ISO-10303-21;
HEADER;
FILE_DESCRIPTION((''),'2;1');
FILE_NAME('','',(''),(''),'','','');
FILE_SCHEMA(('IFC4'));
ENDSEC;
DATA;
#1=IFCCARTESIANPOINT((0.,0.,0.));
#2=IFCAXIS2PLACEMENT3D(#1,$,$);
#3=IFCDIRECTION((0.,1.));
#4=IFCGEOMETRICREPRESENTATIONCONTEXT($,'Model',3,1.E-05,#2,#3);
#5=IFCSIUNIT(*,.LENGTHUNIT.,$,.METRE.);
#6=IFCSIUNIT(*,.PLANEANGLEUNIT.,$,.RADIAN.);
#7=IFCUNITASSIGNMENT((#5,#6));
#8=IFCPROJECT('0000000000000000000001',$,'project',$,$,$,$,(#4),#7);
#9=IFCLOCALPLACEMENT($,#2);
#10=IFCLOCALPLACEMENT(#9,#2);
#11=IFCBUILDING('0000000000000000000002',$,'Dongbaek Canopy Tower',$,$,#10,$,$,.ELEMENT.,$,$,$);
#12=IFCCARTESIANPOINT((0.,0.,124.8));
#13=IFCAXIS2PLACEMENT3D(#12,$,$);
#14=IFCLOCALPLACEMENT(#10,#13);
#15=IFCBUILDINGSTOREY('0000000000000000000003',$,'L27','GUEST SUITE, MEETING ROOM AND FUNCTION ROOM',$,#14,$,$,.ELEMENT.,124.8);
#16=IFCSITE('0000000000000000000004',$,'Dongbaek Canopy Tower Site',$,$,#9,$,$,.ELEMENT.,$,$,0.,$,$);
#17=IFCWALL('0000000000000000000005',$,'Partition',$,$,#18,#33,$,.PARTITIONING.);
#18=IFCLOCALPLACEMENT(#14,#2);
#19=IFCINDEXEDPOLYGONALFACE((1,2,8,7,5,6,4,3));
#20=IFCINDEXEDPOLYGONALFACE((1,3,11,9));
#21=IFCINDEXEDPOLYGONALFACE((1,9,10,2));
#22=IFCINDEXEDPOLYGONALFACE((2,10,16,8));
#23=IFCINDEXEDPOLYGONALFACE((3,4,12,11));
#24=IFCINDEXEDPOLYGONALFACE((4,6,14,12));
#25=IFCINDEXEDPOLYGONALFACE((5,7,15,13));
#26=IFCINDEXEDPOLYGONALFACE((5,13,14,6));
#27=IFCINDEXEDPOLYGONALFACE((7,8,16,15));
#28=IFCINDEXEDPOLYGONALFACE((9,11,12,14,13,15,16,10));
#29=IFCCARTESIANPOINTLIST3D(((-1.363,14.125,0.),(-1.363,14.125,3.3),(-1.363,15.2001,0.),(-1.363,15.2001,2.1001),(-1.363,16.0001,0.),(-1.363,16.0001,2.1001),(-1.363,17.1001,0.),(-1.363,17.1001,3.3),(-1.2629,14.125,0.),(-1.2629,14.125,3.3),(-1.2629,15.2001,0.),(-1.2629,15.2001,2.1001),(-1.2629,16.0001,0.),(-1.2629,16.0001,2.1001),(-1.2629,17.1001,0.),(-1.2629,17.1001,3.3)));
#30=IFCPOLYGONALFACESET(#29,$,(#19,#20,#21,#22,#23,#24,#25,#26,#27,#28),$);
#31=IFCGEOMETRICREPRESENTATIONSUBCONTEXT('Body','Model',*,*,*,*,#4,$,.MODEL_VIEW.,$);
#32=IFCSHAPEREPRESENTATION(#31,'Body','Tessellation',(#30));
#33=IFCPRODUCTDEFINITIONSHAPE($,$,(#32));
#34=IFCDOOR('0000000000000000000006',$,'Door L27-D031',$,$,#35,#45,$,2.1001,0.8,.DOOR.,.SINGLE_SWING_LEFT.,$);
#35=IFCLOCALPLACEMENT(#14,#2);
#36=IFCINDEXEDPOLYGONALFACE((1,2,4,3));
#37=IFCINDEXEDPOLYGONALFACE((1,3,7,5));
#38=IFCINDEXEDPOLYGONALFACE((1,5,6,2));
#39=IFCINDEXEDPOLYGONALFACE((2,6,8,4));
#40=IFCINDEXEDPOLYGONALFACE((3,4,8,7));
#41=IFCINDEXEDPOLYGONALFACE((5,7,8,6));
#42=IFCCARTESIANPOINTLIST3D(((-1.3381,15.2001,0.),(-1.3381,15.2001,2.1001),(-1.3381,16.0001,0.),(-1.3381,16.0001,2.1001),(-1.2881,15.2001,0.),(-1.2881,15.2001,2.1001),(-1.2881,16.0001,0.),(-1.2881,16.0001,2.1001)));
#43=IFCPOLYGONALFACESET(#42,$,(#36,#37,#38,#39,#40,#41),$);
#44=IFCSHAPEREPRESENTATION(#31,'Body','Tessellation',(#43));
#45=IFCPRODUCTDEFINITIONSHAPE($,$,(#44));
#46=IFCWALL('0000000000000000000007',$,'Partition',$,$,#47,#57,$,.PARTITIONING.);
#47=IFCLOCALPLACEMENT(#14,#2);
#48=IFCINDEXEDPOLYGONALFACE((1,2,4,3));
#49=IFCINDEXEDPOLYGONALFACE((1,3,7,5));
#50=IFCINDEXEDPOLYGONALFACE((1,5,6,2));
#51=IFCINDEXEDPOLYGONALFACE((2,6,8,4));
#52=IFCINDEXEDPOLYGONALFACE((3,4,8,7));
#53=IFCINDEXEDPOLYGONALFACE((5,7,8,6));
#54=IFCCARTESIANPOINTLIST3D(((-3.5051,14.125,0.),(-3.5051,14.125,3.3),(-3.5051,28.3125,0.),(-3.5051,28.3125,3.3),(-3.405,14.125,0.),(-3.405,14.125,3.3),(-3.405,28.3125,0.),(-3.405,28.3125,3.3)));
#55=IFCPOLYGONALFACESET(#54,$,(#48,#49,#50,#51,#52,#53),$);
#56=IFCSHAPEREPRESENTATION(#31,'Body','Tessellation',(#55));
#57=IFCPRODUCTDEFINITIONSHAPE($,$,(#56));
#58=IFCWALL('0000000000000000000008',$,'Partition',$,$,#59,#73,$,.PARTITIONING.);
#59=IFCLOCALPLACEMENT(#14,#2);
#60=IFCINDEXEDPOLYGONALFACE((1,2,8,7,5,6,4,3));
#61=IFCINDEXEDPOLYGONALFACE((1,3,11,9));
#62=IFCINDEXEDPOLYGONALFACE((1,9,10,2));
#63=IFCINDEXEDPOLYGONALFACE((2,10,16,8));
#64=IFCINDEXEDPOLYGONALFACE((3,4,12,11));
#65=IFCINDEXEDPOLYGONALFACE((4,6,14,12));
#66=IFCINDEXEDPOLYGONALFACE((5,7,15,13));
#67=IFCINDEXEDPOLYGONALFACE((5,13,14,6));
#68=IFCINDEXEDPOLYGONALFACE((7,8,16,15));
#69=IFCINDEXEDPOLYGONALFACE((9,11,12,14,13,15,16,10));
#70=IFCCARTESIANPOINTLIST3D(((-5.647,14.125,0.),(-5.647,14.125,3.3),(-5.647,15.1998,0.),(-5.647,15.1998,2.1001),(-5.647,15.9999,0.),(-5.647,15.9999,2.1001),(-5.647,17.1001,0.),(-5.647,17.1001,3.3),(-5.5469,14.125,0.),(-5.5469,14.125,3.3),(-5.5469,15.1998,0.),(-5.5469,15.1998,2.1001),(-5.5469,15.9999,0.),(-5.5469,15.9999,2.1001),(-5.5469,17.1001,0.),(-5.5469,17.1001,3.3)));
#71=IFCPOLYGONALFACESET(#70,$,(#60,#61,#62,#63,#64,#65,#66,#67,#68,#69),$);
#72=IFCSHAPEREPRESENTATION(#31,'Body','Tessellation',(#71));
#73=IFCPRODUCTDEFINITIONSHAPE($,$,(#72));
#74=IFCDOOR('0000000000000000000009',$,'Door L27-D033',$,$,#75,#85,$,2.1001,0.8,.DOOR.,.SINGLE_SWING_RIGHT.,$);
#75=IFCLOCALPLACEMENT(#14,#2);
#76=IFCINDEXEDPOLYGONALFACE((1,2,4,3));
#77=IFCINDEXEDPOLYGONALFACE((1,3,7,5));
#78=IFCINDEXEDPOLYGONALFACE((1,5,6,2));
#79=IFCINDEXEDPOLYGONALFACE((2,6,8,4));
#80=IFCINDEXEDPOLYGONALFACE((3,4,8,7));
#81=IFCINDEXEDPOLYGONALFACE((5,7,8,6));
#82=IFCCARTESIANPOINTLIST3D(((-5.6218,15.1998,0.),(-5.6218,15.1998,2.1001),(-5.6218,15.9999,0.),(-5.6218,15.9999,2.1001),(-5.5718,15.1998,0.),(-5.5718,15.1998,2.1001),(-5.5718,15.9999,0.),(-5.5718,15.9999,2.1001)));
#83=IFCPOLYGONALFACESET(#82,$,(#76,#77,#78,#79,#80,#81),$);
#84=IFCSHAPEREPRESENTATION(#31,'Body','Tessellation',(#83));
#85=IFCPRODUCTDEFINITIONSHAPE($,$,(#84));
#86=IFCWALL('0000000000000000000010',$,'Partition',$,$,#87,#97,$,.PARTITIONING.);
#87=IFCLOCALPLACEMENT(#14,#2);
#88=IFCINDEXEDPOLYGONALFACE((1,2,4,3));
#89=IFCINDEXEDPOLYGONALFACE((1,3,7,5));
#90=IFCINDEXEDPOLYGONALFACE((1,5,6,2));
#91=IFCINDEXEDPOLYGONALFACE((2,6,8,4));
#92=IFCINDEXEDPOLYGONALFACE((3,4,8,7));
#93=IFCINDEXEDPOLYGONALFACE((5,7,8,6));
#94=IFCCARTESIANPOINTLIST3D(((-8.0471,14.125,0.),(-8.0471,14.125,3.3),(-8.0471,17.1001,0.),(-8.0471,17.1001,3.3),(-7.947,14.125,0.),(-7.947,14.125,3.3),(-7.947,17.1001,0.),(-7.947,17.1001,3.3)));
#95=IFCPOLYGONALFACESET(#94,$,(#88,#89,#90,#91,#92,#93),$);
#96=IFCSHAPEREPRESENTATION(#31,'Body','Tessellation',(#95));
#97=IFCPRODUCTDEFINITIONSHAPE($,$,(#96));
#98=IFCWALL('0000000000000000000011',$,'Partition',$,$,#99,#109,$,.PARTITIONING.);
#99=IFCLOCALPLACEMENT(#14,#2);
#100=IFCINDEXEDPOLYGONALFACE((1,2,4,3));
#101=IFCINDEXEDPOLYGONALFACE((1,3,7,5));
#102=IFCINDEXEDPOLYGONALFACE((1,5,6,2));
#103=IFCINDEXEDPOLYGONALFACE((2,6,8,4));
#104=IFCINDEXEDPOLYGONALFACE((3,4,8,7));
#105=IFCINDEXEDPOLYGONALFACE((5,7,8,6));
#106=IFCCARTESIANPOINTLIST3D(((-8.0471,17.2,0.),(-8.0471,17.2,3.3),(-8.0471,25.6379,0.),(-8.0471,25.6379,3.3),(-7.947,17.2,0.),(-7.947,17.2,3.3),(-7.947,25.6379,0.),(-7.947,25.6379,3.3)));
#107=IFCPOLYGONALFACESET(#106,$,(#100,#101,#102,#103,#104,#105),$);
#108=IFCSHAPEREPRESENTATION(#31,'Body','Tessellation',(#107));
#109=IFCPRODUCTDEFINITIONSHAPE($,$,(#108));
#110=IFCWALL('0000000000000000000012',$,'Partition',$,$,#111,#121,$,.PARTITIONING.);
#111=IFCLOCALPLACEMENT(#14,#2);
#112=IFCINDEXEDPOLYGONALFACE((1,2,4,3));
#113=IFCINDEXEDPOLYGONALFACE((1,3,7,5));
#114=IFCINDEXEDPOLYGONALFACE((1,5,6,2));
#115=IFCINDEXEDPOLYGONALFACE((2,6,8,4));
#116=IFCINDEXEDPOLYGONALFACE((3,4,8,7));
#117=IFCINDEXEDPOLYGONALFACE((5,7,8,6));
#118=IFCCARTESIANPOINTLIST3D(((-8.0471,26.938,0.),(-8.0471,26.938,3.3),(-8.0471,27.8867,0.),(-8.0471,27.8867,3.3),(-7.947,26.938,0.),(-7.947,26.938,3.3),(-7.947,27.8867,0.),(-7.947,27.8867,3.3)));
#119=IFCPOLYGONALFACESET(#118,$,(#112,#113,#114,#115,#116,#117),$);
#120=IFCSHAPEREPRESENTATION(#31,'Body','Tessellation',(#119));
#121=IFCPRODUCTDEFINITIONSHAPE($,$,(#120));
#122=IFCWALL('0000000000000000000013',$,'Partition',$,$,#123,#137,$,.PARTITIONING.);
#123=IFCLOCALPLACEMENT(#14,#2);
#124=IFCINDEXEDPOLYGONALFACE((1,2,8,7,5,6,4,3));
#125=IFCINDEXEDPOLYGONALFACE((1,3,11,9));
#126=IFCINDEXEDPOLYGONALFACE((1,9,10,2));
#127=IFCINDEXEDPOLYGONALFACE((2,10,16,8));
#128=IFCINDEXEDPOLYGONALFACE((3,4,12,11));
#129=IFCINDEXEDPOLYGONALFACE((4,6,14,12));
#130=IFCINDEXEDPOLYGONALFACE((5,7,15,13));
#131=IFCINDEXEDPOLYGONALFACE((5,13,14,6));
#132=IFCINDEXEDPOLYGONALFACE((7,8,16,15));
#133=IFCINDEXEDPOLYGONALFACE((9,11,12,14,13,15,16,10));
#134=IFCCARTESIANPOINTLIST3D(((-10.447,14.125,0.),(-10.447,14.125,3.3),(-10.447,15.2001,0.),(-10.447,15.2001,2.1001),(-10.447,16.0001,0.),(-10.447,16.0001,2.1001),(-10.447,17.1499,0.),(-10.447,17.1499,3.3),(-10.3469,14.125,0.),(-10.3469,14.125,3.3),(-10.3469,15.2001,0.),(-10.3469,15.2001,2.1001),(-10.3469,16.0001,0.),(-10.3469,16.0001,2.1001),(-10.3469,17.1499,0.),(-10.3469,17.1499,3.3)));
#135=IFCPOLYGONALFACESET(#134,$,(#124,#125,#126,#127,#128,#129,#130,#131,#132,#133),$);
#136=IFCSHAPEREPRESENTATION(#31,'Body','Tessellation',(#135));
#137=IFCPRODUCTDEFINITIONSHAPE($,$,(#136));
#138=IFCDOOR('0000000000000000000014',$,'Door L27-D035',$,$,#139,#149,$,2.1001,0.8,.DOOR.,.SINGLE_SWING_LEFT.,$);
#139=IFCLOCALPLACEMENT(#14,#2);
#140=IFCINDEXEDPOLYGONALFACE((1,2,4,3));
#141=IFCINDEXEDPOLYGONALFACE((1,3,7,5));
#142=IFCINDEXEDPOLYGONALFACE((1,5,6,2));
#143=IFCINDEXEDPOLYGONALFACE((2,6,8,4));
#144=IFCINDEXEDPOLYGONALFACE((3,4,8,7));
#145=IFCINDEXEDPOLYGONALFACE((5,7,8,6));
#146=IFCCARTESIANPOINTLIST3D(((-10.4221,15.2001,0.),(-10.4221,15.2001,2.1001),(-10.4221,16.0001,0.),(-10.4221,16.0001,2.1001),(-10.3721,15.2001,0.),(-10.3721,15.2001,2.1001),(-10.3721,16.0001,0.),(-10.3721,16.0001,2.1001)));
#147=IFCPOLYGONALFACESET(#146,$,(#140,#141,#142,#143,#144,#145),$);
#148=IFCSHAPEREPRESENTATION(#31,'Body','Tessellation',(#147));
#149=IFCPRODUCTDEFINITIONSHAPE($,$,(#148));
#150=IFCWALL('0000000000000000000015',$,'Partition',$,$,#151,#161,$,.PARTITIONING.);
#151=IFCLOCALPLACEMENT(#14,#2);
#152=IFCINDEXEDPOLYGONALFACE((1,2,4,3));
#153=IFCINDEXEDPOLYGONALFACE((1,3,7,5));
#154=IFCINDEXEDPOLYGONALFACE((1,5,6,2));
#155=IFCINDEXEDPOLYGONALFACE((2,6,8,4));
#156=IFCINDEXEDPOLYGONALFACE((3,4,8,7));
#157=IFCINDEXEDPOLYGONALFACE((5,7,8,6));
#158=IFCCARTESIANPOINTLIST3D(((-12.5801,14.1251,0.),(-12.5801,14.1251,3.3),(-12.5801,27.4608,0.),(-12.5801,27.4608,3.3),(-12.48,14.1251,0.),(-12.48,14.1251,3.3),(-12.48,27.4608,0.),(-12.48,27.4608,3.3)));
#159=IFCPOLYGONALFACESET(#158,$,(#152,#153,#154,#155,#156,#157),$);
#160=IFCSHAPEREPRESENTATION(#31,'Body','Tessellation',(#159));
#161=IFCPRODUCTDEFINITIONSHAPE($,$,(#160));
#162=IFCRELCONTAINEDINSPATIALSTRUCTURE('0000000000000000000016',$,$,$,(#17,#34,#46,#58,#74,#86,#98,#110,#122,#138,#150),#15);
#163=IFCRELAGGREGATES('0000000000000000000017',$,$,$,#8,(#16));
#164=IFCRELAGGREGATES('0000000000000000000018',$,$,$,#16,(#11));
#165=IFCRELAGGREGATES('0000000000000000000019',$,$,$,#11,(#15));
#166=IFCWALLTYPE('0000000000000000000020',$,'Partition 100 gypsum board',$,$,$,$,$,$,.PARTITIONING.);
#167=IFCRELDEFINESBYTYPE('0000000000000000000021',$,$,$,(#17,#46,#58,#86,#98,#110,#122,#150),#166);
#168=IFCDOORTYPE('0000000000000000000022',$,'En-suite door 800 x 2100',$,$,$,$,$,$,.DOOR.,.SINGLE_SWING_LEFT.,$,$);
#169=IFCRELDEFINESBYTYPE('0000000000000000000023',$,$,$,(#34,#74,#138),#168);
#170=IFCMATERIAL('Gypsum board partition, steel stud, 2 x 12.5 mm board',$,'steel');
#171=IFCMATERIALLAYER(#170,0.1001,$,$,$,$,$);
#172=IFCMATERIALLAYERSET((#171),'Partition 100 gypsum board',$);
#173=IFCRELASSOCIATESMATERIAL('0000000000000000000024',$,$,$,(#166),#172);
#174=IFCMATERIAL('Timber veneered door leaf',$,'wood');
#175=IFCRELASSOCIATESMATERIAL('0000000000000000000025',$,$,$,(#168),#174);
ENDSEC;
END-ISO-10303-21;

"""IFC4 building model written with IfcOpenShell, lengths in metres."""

from ifc_helpers import new_model, si_unit, direction, frame, frame_2d, origin, place, context, subcontext, project, spatial, rectangle, extrude, material, layer, layer_set, type_object, element, fill, save


model = new_model("IFC4")

# Units and contexts
model_context = context("Model", 3, precision=1e-05, world=origin(), true_north=direction((0.0, 1.0)))
body_context = subcontext(model_context, "Body", "Model", "MODEL_VIEW")
ifc_project = project(units=[si_unit("LENGTHUNIT", "METRE"), si_unit("PLANEANGLEUNIT", "RADIAN")], contexts=[model_context])

# Site, building, storey
site_placement = place(None, origin())
site = spatial("IfcSite", under=ifc_project, at=site_placement, Name="Dongbaek Canopy Tower Site", CompositionType="ELEMENT", RefElevation=0.0)
building_placement = place(site_placement, origin())
building = spatial("IfcBuilding", under=site, at=building_placement, Name="Dongbaek Canopy Tower", CompositionType="ELEMENT")
storey_placement = place(building_placement, frame((0.0, 0.0, 124.8)))
storey = spatial("IfcBuildingStorey", under=building, at=storey_placement, Name="L27", Description="GUEST SUITE, MEETING ROOM AND FUNCTION ROOM", CompositionType="ELEMENT", Elevation=124.8)

# Shared definitions
ifc_material_1 = material(Name="Gypsum board partition, steel stud, 2 x 12.5 mm board", Category="steel")
ifc_layer_1 = layer(ifc_material_1, 0.1001)
ifc_layer_set_1 = layer_set([ifc_layer_1], Name="Partition 100 gypsum board")
wall_type = type_object("IfcWallType", Name="Partition 100 gypsum board", PredefinedType="PARTITIONING", material=ifc_layer_set_1)

# Wall, opening, door
wall_1_placement = place(storey_placement, frame((-1.313, 17.1001, 0.0), z_axis=(0.0, 0.0, 1.0), x_axis=(0.0, -1.0, 0.0)))
wall_1 = element("IfcWall", 1, at=wall_1_placement, inside=storey, type_object=wall_type, Name="Partition", PredefinedType="PARTITIONING", context=body_context, shape_type="SweptSolid", body=[
    extrude(rectangle(XDim=2.9751, YDim=0.1001, at=frame_2d((1.4875, 0.0))), origin(), (0.0, 0.0, 1.0), 3.3),
])
opening_1_placement = place(wall_1_placement, frame((1.1001, 0.0, 0.0)))
opening_1 = element("IfcOpeningElement", 2, at=opening_1_placement, cuts=wall_1, PredefinedType="OPENING", context=body_context, shape_type="SweptSolid", body=[
    extrude(rectangle(XDim=0.8, YDim=2.1001, at=frame_2d((0.3999, 1.05))), frame((0.0, 0.0601, 0.0), z_axis=(0.0, -1.0, 0.0), x_axis=(1.0, 0.0, 0.0)), (0.0, 0.0, 1.0), 0.1201),
])
ifc_material_2 = material(Name="Timber veneered door leaf", Category="wood")
door_type = type_object("IfcDoorType", Name="En-suite door 800 x 2100", OperationType="SINGLE_SWING_LEFT", PredefinedType="DOOR", material=ifc_material_2)
door_1_placement = place(opening_1_placement, origin())
door_1 = element("IfcDoor", 3, at=door_1_placement, inside=storey, type_object=door_type, Name="Door L27-D031", OperationType="SINGLE_SWING_LEFT", OverallHeight=2.1001, OverallWidth=0.8, PredefinedType="DOOR", context=body_context, shape_type="SweptSolid", body=[
    extrude(rectangle(XDim=0.8, YDim=2.1001, at=frame_2d((0.3999, 1.05))), frame((0.0, 0.0249, 0.0), z_axis=(0.0, -1.0, 0.0), x_axis=(1.0, 0.0, 0.0)), (0.0, 0.0, 1.0), 0.05),
])
fill(opening_1, door_1)

# Wall
wall_2_placement = place(storey_placement, frame((-3.4551, 14.125, 0.0), z_axis=(0.0, 0.0, 1.0), x_axis=(0.0, 1.0, 0.0)))
element("IfcWall", 4, at=wall_2_placement, inside=storey, type_object=wall_type, Name="Partition", PredefinedType="PARTITIONING", context=body_context, shape_type="SweptSolid", body=[
    extrude(rectangle(XDim=14.1875, YDim=0.1001, at=frame_2d((7.0938, 0.0))), origin(), (0.0, 0.0, 1.0), 3.3),
])

# Wall, opening, door
wall_3_placement = place(storey_placement, frame((-5.5969, 14.125, 0.0), z_axis=(0.0, 0.0, 1.0), x_axis=(0.0, 1.0, 0.0)))
wall_3 = element("IfcWall", 5, at=wall_3_placement, inside=storey, type_object=wall_type, Name="Partition", PredefinedType="PARTITIONING", context=body_context, shape_type="SweptSolid", body=[
    extrude(rectangle(XDim=2.9751, YDim=0.1001, at=frame_2d((1.4875, 0.0))), origin(), (0.0, 0.0, 1.0), 3.3),
])
opening_2_placement = place(wall_3_placement, frame((1.075, 0.0, 0.0)))
opening_2 = element("IfcOpeningElement", 6, at=opening_2_placement, cuts=wall_3, PredefinedType="OPENING", context=body_context, shape_type="SweptSolid", body=[
    extrude(rectangle(XDim=0.8, YDim=2.1001, at=frame_2d((0.3999, 1.05))), frame((0.0, 0.0601, 0.0), z_axis=(0.0, -1.0, 0.0), x_axis=(1.0, 0.0, 0.0)), (0.0, 0.0, 1.0), 0.1201),
])
door_2_placement = place(opening_2_placement, origin())
door_2 = element("IfcDoor", 7, at=door_2_placement, inside=storey, type_object=door_type, Name="Door L27-D033", OperationType="SINGLE_SWING_RIGHT", OverallHeight=2.1001, OverallWidth=0.8, PredefinedType="DOOR", context=body_context, shape_type="SweptSolid", body=[
    extrude(rectangle(XDim=0.8, YDim=2.1001, at=frame_2d((0.3999, 1.05))), frame((0.0, 0.0249, 0.0), z_axis=(0.0, -1.0, 0.0), x_axis=(1.0, 0.0, 0.0)), (0.0, 0.0, 1.0), 0.05),
])
fill(opening_2, door_2)

# Walls
wall_4_placement = place(storey_placement, frame((-7.9971, 14.125, 0.0), z_axis=(0.0, 0.0, 1.0), x_axis=(0.0, 1.0, 0.0)))
element("IfcWall", 8, at=wall_4_placement, inside=storey, type_object=wall_type, Name="Partition", PredefinedType="PARTITIONING", context=body_context, shape_type="SweptSolid", body=[
    extrude(rectangle(XDim=2.9751, YDim=0.1001, at=frame_2d((1.4875, 0.0))), origin(), (0.0, 0.0, 1.0), 3.3),
])
wall_5_placement = place(storey_placement, frame((-7.9971, 17.2, 0.0), z_axis=(0.0, 0.0, 1.0), x_axis=(0.0, 1.0, 0.0)))
element("IfcWall", 9, at=wall_5_placement, inside=storey, type_object=wall_type, Name="Partition", PredefinedType="PARTITIONING", context=body_context, shape_type="SweptSolid", body=[
    extrude(rectangle(XDim=8.438, YDim=0.1001, at=frame_2d((4.219, 0.0))), origin(), (0.0, 0.0, 1.0), 3.3),
])
wall_6_placement = place(storey_placement, frame((-7.9971, 26.938, 0.0), z_axis=(0.0, 0.0, 1.0), x_axis=(0.0, 1.0, 0.0)))
element("IfcWall", 10, at=wall_6_placement, inside=storey, type_object=wall_type, Name="Partition", PredefinedType="PARTITIONING", context=body_context, shape_type="SweptSolid", body=[
    extrude(rectangle(XDim=0.9487, YDim=0.1001, at=frame_2d((0.4744, 0.0))), origin(), (0.0, 0.0, 1.0), 3.3),
])

# Wall, opening, door
wall_7_placement = place(storey_placement, frame((-10.397, 17.1499, 0.0), z_axis=(0.0, 0.0, 1.0), x_axis=(0.0, -1.0, 0.0)))
wall_7 = element("IfcWall", 11, at=wall_7_placement, inside=storey, type_object=wall_type, Name="Partition", PredefinedType="PARTITIONING", context=body_context, shape_type="SweptSolid", body=[
    extrude(rectangle(XDim=3.0249, YDim=0.1001, at=frame_2d((1.5125, 0.0))), origin(), (0.0, 0.0, 1.0), 3.3),
])
opening_3_placement = place(wall_7_placement, frame((1.1499, 0.0, 0.0)))
opening_3 = element("IfcOpeningElement", 12, at=opening_3_placement, cuts=wall_7, PredefinedType="OPENING", context=body_context, shape_type="SweptSolid", body=[
    extrude(rectangle(XDim=0.8, YDim=2.1001, at=frame_2d((0.3999, 1.05))), frame((0.0, 0.0601, 0.0), z_axis=(0.0, -1.0, 0.0), x_axis=(1.0, 0.0, 0.0)), (0.0, 0.0, 1.0), 0.1201),
])
door_3_placement = place(opening_3_placement, origin())
door_3 = element("IfcDoor", 13, at=door_3_placement, inside=storey, type_object=door_type, Name="Door L27-D035", OperationType="SINGLE_SWING_LEFT", OverallHeight=2.1001, OverallWidth=0.8, PredefinedType="DOOR", context=body_context, shape_type="SweptSolid", body=[
    extrude(rectangle(XDim=0.8, YDim=2.1001, at=frame_2d((0.3999, 1.05))), frame((0.0, 0.0249, 0.0), z_axis=(0.0, -1.0, 0.0), x_axis=(1.0, 0.0, 0.0)), (0.0, 0.0, 1.0), 0.05),
])
fill(opening_3, door_3)

# Wall
wall_8_placement = place(storey_placement, frame((-12.53, 14.125, 0.0), z_axis=(0.0, 0.0, 1.0), x_axis=(0.0, 1.0, 0.0)))
element("IfcWall", 14, at=wall_8_placement, inside=storey, type_object=wall_type, Name="Partition", PredefinedType="PARTITIONING", context=body_context, shape_type="SweptSolid", body=[
    extrude(rectangle(XDim=13.3357, YDim=0.1001, at=frame_2d((6.668, 0.0))), origin(), (0.0, 0.0, 1.0), 3.3),
])

save(model, "model.ifc")
